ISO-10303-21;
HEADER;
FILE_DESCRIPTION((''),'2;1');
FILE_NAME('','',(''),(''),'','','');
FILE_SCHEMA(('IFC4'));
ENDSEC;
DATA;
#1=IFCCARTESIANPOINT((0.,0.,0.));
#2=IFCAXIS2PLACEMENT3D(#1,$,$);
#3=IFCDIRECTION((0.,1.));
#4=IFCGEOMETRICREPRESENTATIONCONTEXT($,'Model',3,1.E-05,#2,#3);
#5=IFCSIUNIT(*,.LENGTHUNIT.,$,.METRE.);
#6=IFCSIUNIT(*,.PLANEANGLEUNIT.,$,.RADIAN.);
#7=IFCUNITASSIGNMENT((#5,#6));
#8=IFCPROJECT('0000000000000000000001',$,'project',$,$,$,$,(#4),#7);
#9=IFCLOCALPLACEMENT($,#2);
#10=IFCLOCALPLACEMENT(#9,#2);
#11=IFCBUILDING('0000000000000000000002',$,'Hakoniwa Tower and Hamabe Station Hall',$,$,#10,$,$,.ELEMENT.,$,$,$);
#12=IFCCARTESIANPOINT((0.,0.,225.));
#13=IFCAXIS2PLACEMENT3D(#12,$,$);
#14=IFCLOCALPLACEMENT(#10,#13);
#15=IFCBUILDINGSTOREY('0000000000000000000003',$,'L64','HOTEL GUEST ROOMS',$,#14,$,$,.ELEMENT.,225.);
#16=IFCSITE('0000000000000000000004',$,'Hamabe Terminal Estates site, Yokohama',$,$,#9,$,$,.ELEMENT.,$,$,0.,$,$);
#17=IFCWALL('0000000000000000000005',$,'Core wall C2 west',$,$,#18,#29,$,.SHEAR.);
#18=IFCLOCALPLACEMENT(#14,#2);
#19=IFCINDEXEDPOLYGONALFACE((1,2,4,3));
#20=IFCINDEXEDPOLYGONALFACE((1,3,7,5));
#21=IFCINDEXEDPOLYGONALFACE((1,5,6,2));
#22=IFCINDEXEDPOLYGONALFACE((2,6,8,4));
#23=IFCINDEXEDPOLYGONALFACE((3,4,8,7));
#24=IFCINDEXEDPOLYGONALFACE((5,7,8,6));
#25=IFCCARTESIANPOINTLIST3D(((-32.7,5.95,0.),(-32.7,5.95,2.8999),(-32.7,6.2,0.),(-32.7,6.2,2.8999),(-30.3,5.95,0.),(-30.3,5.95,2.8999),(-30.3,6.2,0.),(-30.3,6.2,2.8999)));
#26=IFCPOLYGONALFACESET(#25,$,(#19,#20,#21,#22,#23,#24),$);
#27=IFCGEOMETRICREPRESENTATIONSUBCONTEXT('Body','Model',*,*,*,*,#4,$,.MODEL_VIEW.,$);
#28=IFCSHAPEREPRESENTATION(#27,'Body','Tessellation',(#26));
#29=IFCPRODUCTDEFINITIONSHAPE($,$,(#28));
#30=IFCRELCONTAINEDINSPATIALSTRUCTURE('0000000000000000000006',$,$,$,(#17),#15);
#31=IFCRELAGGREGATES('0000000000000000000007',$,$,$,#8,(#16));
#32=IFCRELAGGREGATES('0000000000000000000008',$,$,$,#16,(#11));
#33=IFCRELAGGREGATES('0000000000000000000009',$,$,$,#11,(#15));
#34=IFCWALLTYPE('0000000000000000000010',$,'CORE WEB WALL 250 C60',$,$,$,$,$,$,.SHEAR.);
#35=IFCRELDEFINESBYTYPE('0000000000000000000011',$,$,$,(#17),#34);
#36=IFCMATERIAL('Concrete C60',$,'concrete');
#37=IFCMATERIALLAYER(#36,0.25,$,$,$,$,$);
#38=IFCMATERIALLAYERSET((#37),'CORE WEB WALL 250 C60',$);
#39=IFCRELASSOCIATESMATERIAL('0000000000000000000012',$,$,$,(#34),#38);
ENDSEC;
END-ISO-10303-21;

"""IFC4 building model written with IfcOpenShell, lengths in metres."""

from ifc_helpers import new_model, si_unit, direction, frame, frame_2d, origin, place, context, subcontext, project, spatial, rectangle, extrude, material, layer, layer_set, type_object, element, save


model = new_model("IFC4")

# Units and contexts
model_context = context("Model", 3, precision=1e-05, world=origin(), true_north=direction((0.0, 1.0)))
body_context = subcontext(model_context, "Body", "Model", "MODEL_VIEW")
ifc_project = project(units=[si_unit("LENGTHUNIT", "METRE"), si_unit("PLANEANGLEUNIT", "RADIAN")], contexts=[model_context])

# Site, building, storey
site_placement = place(None, origin())
site = spatial("IfcSite", under=ifc_project, at=site_placement, Name="Hamabe Terminal Estates site, Yokohama", CompositionType="ELEMENT", RefElevation=0.0)
building_placement = place(site_placement, origin())
building = spatial("IfcBuilding", under=site, at=building_placement, Name="Hakoniwa Tower and Hamabe Station Hall", CompositionType="ELEMENT")
storey_placement = place(building_placement, frame((0.0, 0.0, 225.0)))
storey = spatial("IfcBuildingStorey", under=building, at=storey_placement, Name="L64", Description="HOTEL GUEST ROOMS", CompositionType="ELEMENT", Elevation=225.0)

# Shared definitions
ifc_material_1 = material(Name="Concrete C60", Category="concrete")
ifc_layer_1 = layer(ifc_material_1, 0.25)
ifc_layer_set_1 = layer_set([ifc_layer_1], Name="CORE WEB WALL 250 C60")
wall_type_1 = type_object("IfcWallType", Name="CORE WEB WALL 250 C60", PredefinedType="SHEAR", material=ifc_layer_set_1)

# Wall
wall_1_placement = place(storey_placement, frame((-32.7, 6.075, 0.0), z_axis=(0.0, 0.0, 1.0), x_axis=(1.0, 0.0, 0.0)))
element("IfcWall", 1, at=wall_1_placement, inside=storey, type_object=wall_type_1, Name="Core wall C2 west", PredefinedType="SHEAR", context=body_context, shape_type="SweptSolid", body=[
    extrude(rectangle(XDim=2.3999, YDim=0.25, at=frame_2d((1.2, 0.0))), origin(), (0.0, 0.0, 1.0), 2.8999),
])

save(model, "model.ifc")
